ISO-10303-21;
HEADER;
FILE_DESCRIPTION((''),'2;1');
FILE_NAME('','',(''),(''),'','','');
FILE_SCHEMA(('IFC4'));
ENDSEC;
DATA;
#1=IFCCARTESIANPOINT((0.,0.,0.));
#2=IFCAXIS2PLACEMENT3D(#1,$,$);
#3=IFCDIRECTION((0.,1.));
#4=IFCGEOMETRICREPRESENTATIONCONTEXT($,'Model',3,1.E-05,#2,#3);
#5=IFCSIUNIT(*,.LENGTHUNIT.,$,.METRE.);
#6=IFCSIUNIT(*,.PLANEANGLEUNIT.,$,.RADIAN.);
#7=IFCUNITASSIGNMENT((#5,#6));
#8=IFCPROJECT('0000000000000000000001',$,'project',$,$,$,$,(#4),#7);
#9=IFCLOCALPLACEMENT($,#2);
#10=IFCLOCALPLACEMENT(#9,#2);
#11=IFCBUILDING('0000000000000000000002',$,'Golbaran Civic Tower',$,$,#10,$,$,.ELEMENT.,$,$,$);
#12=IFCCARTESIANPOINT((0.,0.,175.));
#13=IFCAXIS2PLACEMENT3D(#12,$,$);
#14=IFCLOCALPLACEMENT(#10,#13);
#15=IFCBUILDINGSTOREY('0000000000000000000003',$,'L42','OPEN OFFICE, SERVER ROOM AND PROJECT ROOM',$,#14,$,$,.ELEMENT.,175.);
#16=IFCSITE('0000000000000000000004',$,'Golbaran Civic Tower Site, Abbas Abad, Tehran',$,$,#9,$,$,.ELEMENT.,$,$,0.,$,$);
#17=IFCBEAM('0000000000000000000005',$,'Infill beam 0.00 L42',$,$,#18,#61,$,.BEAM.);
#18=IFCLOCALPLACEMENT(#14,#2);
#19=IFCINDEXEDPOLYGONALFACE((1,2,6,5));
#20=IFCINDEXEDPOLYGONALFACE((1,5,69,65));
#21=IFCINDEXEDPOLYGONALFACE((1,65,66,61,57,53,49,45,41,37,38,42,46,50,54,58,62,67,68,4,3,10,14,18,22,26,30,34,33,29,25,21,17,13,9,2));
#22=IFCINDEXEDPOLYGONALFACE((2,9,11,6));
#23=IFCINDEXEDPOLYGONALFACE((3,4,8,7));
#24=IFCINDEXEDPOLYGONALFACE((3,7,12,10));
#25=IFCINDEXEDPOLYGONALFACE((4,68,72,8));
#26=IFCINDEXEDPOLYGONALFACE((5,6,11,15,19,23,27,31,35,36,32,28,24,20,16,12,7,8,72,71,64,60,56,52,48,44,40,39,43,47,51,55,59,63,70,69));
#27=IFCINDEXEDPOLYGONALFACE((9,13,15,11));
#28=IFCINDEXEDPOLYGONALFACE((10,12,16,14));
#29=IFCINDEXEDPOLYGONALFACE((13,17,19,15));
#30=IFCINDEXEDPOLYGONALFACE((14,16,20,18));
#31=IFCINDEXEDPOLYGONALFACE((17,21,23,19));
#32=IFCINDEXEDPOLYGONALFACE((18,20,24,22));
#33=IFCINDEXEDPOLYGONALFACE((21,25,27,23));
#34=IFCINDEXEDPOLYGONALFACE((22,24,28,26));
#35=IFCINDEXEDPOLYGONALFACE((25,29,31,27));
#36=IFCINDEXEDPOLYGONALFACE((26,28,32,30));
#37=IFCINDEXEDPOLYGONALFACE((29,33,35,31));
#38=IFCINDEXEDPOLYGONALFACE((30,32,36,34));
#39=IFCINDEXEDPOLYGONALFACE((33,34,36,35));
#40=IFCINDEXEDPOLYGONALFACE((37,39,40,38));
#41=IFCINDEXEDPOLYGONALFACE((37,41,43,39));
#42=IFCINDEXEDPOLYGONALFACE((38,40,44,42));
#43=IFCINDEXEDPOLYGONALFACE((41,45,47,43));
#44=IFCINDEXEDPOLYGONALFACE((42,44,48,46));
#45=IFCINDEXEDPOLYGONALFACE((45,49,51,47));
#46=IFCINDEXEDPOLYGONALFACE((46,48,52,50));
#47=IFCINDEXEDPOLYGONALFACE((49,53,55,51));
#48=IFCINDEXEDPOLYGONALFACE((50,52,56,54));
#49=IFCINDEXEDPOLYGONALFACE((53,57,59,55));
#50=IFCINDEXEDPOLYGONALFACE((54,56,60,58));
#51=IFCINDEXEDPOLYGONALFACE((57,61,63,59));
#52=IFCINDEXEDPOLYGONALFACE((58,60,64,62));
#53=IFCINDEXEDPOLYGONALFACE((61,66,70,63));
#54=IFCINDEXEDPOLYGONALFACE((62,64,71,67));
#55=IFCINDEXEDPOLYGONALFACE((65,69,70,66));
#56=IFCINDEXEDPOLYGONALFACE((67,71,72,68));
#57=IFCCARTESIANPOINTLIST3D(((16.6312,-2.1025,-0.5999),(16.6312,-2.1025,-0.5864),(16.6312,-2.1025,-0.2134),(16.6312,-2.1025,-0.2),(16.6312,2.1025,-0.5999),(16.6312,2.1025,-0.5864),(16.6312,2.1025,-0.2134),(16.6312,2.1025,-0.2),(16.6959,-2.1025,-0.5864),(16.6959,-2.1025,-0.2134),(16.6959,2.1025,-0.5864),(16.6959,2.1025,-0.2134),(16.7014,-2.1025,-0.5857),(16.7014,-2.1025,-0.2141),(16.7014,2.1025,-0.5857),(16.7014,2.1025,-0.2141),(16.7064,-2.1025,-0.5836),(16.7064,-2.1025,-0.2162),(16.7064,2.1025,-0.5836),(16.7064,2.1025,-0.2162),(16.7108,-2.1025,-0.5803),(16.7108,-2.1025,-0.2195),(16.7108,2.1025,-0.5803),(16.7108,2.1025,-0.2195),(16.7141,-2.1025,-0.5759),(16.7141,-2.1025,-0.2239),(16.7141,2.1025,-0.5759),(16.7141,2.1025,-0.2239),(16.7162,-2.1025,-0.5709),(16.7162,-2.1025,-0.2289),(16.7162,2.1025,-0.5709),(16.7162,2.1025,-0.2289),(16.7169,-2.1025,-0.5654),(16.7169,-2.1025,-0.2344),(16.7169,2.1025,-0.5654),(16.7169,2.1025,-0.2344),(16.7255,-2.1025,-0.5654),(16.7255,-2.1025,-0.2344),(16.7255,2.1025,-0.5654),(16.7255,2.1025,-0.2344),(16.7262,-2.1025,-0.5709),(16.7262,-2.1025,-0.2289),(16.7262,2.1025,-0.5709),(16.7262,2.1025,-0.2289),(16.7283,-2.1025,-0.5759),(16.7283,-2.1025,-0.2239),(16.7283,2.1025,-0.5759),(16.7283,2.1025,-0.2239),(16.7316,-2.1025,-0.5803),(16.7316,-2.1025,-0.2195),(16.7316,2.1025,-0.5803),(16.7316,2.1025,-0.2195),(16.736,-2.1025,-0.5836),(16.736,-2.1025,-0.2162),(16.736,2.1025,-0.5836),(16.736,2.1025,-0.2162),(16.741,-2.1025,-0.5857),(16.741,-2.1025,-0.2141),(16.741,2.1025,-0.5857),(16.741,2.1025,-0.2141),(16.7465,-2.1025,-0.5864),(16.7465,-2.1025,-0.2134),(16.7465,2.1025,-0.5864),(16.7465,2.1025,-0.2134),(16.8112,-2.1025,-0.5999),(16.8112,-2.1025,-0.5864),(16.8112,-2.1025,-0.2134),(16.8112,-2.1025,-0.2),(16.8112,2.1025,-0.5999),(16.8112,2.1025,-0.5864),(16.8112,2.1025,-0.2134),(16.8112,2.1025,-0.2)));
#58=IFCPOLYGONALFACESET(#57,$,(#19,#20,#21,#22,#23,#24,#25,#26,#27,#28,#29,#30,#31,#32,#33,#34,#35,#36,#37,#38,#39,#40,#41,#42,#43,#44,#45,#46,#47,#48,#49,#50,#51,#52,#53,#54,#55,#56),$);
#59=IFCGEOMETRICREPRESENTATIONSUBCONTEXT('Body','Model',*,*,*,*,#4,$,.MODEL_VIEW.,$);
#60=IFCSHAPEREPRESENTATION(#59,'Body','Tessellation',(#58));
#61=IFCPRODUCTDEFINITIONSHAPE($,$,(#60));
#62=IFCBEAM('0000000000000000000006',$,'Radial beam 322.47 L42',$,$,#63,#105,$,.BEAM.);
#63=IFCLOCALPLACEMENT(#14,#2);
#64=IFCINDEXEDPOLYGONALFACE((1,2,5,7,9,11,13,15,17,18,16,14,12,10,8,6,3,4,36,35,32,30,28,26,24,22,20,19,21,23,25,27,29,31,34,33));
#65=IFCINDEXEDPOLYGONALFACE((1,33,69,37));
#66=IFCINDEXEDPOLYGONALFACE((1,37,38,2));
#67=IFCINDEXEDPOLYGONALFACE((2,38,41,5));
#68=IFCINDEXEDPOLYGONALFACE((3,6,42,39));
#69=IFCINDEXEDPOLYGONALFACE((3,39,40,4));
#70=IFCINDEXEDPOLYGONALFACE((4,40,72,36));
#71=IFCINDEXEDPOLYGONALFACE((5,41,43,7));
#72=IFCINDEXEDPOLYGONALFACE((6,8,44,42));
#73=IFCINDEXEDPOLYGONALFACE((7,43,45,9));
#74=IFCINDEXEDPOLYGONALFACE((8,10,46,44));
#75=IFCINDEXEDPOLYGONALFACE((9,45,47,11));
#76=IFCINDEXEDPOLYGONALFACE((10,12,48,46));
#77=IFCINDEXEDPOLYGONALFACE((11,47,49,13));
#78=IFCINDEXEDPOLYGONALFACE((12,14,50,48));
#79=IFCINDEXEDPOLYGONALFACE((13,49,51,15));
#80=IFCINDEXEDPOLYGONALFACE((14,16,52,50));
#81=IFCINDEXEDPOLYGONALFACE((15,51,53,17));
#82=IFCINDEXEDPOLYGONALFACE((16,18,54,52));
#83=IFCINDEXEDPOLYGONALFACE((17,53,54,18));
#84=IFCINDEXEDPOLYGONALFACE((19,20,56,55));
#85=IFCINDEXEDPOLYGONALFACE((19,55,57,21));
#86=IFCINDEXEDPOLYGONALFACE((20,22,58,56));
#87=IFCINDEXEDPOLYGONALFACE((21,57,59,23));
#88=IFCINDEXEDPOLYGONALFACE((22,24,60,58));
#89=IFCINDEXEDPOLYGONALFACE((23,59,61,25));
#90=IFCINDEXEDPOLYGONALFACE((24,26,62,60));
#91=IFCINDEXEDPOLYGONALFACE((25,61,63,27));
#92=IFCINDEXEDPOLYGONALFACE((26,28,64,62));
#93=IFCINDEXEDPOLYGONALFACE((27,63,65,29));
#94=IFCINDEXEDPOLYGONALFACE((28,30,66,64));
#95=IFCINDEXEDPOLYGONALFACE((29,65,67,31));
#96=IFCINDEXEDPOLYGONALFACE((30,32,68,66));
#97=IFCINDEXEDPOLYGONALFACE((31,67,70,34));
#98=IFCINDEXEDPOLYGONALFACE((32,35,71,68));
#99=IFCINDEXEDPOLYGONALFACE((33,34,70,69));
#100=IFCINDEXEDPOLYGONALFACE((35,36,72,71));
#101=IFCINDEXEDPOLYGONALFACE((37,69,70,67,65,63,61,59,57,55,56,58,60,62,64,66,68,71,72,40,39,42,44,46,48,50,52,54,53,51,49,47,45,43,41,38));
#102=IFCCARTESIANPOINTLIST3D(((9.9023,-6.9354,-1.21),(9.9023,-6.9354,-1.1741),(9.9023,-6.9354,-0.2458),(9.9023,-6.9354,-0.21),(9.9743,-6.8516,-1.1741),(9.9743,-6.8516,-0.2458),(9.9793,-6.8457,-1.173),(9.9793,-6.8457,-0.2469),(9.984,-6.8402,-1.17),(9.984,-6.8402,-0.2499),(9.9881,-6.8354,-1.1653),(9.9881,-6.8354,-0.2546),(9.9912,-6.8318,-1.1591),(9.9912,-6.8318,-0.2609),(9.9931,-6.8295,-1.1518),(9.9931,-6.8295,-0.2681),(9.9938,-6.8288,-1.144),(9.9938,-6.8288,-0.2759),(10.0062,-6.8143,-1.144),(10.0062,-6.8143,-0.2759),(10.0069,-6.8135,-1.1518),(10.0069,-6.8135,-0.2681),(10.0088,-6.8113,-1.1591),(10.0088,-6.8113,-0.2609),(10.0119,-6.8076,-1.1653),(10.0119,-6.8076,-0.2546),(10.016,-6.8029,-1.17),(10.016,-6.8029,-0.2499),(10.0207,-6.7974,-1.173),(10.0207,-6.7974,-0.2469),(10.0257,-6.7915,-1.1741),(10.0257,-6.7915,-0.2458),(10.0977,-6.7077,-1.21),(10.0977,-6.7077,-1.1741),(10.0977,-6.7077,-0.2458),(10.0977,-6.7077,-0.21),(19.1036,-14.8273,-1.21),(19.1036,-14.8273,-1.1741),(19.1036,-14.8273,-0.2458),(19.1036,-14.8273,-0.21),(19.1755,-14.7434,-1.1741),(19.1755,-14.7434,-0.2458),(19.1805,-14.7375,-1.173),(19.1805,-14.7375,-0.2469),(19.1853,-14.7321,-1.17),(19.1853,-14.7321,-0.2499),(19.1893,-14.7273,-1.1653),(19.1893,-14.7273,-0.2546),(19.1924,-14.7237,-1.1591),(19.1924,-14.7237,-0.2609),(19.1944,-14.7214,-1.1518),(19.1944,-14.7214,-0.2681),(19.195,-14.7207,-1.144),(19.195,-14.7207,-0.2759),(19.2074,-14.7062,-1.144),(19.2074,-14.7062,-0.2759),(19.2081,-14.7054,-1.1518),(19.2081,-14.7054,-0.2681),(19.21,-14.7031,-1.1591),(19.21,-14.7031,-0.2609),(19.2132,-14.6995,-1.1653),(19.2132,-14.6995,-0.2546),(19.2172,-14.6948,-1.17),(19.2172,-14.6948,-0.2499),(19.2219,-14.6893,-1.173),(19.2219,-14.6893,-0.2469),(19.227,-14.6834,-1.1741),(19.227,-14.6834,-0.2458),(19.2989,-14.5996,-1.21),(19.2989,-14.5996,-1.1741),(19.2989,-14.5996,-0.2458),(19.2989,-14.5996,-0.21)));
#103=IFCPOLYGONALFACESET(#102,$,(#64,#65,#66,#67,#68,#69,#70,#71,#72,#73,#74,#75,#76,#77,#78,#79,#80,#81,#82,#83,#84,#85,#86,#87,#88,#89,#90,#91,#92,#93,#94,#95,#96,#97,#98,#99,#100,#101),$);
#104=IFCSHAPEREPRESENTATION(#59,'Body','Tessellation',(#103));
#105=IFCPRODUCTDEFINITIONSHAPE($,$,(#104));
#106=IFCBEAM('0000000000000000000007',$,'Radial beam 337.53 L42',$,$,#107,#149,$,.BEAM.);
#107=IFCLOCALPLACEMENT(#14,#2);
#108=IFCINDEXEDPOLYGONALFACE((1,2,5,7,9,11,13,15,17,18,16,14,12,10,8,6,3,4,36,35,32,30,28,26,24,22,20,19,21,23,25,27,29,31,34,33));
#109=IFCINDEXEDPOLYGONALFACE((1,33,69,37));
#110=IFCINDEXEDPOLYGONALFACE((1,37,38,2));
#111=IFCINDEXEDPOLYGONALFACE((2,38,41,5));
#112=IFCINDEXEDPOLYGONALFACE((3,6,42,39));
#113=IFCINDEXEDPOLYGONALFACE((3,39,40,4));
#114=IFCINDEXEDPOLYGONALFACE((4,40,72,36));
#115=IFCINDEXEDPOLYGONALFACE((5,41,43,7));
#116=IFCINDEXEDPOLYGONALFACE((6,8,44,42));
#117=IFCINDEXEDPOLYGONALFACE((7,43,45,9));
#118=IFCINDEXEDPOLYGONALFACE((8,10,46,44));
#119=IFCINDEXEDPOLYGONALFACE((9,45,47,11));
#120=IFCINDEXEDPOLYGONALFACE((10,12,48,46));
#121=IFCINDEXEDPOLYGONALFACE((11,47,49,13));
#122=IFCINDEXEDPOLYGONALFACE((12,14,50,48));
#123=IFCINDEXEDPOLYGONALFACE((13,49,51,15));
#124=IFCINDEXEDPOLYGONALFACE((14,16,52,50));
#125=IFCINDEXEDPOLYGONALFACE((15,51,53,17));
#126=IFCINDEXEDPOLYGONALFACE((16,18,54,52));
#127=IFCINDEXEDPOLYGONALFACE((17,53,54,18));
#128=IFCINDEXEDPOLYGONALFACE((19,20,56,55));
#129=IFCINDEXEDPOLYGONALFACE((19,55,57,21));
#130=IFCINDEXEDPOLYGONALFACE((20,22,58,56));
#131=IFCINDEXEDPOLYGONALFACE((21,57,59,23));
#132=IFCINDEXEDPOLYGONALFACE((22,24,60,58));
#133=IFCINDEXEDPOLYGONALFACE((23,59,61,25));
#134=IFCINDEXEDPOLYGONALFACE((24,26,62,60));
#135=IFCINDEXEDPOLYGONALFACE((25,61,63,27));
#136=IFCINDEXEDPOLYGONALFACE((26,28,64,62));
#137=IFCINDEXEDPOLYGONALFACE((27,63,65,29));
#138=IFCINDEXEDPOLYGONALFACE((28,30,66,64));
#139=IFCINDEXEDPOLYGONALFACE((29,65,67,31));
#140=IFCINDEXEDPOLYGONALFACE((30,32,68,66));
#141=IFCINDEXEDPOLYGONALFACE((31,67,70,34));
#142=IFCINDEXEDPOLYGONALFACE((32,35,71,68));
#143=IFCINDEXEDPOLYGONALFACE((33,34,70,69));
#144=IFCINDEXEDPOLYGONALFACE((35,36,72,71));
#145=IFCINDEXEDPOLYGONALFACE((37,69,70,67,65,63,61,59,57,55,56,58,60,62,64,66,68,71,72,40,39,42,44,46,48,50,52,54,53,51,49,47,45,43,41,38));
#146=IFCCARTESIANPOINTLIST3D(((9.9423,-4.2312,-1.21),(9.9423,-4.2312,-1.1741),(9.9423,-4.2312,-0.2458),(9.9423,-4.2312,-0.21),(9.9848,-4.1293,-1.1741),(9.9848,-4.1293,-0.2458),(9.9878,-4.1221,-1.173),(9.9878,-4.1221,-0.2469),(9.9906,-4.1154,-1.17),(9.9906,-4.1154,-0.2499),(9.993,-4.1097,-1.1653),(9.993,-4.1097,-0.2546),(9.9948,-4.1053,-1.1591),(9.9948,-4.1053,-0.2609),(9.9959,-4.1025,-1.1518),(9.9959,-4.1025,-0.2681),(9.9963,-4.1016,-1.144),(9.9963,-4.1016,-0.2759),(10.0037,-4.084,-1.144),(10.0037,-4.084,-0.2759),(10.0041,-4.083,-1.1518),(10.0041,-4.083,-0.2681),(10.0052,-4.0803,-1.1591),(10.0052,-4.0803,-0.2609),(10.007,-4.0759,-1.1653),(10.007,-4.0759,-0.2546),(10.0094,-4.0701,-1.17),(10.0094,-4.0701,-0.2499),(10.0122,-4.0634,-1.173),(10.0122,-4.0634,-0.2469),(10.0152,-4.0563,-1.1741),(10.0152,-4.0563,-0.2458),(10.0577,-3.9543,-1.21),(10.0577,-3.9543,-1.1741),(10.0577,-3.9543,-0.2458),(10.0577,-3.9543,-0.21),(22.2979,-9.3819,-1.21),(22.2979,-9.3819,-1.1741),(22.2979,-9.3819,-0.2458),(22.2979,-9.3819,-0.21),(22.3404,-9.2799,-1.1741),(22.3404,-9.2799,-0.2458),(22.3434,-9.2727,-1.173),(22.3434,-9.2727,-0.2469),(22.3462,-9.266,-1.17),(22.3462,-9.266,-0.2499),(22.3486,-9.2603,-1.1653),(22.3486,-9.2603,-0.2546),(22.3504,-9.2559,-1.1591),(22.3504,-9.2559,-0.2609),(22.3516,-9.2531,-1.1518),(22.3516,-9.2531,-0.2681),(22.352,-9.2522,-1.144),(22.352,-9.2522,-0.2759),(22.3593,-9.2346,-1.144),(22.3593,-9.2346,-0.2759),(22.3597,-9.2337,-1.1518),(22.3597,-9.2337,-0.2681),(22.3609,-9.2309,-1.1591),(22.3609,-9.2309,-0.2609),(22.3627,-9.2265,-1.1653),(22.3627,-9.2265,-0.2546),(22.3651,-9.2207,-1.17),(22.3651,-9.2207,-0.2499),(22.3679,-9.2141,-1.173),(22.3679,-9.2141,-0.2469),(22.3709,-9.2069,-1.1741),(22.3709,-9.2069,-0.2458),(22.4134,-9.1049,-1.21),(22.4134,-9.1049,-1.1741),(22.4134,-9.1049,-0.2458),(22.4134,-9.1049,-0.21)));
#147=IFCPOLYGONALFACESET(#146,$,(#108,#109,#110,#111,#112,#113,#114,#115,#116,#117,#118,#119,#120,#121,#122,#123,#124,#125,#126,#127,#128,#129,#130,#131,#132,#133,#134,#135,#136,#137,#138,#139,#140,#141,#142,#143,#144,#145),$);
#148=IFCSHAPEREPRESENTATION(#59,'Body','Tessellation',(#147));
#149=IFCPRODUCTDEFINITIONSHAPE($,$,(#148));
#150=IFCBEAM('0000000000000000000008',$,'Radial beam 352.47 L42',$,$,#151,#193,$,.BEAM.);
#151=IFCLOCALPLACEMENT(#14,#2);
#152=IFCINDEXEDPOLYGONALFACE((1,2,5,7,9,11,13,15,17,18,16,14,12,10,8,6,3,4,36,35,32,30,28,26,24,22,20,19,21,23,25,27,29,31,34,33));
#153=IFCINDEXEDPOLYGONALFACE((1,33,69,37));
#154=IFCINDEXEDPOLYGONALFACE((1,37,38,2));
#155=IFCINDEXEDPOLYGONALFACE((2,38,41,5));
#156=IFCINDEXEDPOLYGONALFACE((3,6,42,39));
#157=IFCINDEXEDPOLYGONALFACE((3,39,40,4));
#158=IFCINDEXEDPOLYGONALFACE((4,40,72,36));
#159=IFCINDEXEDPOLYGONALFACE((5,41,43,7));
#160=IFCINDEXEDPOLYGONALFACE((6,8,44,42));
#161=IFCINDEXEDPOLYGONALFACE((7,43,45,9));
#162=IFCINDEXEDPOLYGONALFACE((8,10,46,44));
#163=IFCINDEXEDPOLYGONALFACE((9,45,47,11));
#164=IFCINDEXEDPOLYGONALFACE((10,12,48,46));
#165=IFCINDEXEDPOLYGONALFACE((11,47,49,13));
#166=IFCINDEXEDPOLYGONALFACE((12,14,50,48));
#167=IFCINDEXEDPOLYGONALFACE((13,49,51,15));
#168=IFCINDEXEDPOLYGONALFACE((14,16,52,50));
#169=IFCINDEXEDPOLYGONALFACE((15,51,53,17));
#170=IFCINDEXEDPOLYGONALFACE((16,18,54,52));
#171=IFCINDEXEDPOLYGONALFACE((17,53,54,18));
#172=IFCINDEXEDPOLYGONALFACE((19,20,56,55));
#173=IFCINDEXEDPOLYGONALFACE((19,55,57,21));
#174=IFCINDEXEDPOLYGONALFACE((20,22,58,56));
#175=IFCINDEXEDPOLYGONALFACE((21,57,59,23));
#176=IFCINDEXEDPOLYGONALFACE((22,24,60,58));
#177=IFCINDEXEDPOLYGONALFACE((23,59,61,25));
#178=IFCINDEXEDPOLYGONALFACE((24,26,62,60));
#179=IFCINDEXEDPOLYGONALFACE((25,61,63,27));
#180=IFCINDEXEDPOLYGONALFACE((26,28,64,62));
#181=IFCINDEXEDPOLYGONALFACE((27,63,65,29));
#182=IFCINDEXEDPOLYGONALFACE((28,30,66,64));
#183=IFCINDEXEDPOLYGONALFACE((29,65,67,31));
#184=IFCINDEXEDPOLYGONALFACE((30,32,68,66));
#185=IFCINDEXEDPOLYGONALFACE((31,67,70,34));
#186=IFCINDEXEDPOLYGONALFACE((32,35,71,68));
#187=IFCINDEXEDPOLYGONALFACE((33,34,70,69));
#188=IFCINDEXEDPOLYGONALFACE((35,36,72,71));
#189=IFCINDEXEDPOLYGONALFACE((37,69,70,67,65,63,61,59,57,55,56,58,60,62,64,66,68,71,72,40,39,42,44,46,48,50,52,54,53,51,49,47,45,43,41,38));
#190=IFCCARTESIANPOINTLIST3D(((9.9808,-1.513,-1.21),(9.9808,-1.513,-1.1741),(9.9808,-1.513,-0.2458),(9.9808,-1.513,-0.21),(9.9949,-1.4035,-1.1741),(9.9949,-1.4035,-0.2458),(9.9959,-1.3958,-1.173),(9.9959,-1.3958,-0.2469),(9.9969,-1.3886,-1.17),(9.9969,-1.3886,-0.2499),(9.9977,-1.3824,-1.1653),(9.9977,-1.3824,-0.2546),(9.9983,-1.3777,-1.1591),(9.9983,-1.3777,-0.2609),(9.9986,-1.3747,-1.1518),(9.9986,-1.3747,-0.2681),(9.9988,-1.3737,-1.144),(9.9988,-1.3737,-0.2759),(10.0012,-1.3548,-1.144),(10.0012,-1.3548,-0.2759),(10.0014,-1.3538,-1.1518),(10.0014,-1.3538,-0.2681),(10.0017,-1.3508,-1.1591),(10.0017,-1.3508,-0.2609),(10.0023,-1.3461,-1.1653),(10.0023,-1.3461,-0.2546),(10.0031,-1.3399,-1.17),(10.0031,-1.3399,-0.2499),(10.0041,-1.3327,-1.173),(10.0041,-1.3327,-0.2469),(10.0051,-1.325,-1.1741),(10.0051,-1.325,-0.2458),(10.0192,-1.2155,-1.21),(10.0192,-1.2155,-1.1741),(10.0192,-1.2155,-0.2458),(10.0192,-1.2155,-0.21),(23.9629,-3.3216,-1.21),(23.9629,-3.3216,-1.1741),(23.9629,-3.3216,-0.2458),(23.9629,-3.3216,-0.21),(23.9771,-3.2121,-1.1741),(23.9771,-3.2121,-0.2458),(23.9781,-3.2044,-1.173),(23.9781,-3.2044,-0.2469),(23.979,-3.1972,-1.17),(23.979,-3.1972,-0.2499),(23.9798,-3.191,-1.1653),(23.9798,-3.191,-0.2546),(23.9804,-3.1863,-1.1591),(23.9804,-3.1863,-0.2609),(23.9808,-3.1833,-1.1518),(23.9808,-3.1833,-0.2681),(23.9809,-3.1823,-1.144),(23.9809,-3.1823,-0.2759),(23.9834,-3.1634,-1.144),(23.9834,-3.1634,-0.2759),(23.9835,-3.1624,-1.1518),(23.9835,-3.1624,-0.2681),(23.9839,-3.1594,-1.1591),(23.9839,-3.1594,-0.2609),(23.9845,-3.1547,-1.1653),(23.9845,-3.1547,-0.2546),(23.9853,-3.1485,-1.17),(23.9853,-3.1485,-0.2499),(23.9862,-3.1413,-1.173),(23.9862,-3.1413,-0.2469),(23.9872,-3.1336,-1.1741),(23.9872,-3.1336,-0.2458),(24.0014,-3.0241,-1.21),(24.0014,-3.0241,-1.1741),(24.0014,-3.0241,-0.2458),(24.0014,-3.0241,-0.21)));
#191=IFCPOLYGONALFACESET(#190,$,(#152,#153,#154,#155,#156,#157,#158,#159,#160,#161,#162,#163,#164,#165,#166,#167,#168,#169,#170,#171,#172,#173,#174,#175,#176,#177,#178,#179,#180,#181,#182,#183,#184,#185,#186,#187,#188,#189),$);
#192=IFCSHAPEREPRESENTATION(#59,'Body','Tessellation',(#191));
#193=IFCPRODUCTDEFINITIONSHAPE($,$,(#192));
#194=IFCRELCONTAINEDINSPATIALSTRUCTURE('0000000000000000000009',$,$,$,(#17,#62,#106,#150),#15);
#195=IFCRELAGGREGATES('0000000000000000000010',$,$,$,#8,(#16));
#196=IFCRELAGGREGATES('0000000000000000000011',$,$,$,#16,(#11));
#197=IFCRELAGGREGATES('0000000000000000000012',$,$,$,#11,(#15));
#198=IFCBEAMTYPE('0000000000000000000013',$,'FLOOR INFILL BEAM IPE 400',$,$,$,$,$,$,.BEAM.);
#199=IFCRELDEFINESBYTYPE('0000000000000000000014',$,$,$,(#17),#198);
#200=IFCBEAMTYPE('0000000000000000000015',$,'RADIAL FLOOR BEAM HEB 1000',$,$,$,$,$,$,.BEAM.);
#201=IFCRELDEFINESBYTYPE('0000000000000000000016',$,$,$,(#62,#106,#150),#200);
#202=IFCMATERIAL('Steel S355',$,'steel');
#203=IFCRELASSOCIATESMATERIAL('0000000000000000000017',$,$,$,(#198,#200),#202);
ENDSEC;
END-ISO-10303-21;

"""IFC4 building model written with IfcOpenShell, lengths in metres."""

from ifc_helpers import new_model, si_unit, direction, frame, origin, origin_2d, place, context, subcontext, project, spatial, i_section, extrude, material, material_profile, profile_set, type_object, element, save


model = new_model("IFC4")

# Units and contexts
model_context = context("Model", 3, precision=1e-05, world=origin(), true_north=direction((0.0, 1.0)))
body_context = subcontext(model_context, "Body", "Model", "MODEL_VIEW")
ifc_project = project(units=[si_unit("LENGTHUNIT", "METRE"), si_unit("PLANEANGLEUNIT", "RADIAN")], contexts=[model_context])

# Site, building, storey
site_placement = place(None, origin())
site = spatial("IfcSite", under=ifc_project, at=site_placement, Name="Golbaran Civic Tower Site, Abbas Abad, Tehran", CompositionType="ELEMENT", RefElevation=0.0)
building_placement = place(site_placement, origin())
building = spatial("IfcBuilding", under=site, at=building_placement, Name="Golbaran Civic Tower", CompositionType="ELEMENT")
storey_placement = place(building_placement, frame((0.0, 0.0, 175.0)))
storey = spatial("IfcBuildingStorey", under=building, at=storey_placement, Name="L42", Description="OPEN OFFICE, SERVER ROOM AND PROJECT ROOM", CompositionType="ELEMENT", Elevation=175.0)

# Beams
ifc_material_1 = material(Name="Steel S355", Category="steel")
ifc_material_profile_1 = material_profile(ifc_material_1, i_section(OverallWidth=0.1799, OverallDepth=0.3999, WebThickness=0.0085, FlangeThickness=0.0134, FilletRadius=0.021, at=origin_2d()), Name="IPE 400")
ifc_profile_set_1 = profile_set([ifc_material_profile_1], Name="Steel S355")
beam_type_1 = type_object("IfcBeamType", Name="FLOOR INFILL BEAM IPE 400", PredefinedType="BEAM", material=ifc_profile_set_1)
beam_1_placement = place(storey_placement, frame((16.7212, -2.1025, -0.3999), z_axis=(0.0, 1.0, 0.0), x_axis=(-1.0, 0.0, 0.0)))
element("IfcBeam", 1, at=beam_1_placement, inside=storey, type_object=beam_type_1, Name="Infill beam 0.00 L42", PredefinedType="BEAM", context=body_context, shape_type="SweptSolid", body=[
    extrude(i_section(OverallWidth=0.1799, OverallDepth=0.3999, WebThickness=0.0085, FlangeThickness=0.0134, FilletRadius=0.021, at=origin_2d()), origin(), (0.0, 0.0, 1.0), 4.2051),
])
ifc_material_profile_2 = material_profile(ifc_material_1, i_section(OverallWidth=0.3, OverallDepth=1.0, WebThickness=0.019, FlangeThickness=0.0359, FilletRadius=0.03, at=origin_2d()), Name="HEB 1000")
ifc_profile_set_2 = profile_set([ifc_material_profile_2], Name="Steel S355")
beam_type_2 = type_object("IfcBeamType", Name="RADIAL FLOOR BEAM HEB 1000", PredefinedType="BEAM", material=ifc_profile_set_2)
beam_2_placement = place(storey_placement, frame((10.0, -6.8215, -0.71), z_axis=(0.759048, -0.651035, 0.0), x_axis=(0.651035, 0.759048, 0.0)))
element("IfcBeam", 2, at=beam_2_placement, inside=storey, type_object=beam_type_2, Name="Radial beam 322.47 L42", PredefinedType="BEAM", context=body_context, shape_type="SweptSolid", body=[
    extrude(i_section(OverallWidth=0.3, OverallDepth=1.0, WebThickness=0.019, FlangeThickness=0.0359, FilletRadius=0.03, at=origin_2d()), origin(), (0.0, 0.0, 1.0), 12.1221),
])
beam_3_placement = place(storey_placement, frame((10.0, -4.0928, -0.71), z_axis=(0.923013, -0.384769, 0.0), x_axis=(0.384769, 0.923013, 0.0)))
element("IfcBeam", 3, at=beam_3_placement, inside=storey, type_object=beam_type_2, Name="Radial beam 337.53 L42", PredefinedType="BEAM", context=body_context, shape_type="SweptSolid", body=[
    extrude(i_section(OverallWidth=0.3, OverallDepth=1.0, WebThickness=0.019, FlangeThickness=0.0359, FilletRadius=0.03, at=origin_2d()), origin(), (0.0, 0.0, 1.0), 13.3862),
])
beam_4_placement = place(storey_placement, frame((10.0, -1.3643, -0.71), z_axis=(0.991738, -0.128281, 0.0), x_axis=(0.128281, 0.991738, 0.0)))
element("IfcBeam", 4, at=beam_4_placement, inside=storey, type_object=beam_type_2, Name="Radial beam 352.47 L42", PredefinedType="BEAM", context=body_context, shape_type="SweptSolid", body=[
    extrude(i_section(OverallWidth=0.3, OverallDepth=1.0, WebThickness=0.019, FlangeThickness=0.0359, FilletRadius=0.03, at=origin_2d()), origin(), (0.0, 0.0, 1.0), 14.0986),
])

save(model, "model.ifc")
